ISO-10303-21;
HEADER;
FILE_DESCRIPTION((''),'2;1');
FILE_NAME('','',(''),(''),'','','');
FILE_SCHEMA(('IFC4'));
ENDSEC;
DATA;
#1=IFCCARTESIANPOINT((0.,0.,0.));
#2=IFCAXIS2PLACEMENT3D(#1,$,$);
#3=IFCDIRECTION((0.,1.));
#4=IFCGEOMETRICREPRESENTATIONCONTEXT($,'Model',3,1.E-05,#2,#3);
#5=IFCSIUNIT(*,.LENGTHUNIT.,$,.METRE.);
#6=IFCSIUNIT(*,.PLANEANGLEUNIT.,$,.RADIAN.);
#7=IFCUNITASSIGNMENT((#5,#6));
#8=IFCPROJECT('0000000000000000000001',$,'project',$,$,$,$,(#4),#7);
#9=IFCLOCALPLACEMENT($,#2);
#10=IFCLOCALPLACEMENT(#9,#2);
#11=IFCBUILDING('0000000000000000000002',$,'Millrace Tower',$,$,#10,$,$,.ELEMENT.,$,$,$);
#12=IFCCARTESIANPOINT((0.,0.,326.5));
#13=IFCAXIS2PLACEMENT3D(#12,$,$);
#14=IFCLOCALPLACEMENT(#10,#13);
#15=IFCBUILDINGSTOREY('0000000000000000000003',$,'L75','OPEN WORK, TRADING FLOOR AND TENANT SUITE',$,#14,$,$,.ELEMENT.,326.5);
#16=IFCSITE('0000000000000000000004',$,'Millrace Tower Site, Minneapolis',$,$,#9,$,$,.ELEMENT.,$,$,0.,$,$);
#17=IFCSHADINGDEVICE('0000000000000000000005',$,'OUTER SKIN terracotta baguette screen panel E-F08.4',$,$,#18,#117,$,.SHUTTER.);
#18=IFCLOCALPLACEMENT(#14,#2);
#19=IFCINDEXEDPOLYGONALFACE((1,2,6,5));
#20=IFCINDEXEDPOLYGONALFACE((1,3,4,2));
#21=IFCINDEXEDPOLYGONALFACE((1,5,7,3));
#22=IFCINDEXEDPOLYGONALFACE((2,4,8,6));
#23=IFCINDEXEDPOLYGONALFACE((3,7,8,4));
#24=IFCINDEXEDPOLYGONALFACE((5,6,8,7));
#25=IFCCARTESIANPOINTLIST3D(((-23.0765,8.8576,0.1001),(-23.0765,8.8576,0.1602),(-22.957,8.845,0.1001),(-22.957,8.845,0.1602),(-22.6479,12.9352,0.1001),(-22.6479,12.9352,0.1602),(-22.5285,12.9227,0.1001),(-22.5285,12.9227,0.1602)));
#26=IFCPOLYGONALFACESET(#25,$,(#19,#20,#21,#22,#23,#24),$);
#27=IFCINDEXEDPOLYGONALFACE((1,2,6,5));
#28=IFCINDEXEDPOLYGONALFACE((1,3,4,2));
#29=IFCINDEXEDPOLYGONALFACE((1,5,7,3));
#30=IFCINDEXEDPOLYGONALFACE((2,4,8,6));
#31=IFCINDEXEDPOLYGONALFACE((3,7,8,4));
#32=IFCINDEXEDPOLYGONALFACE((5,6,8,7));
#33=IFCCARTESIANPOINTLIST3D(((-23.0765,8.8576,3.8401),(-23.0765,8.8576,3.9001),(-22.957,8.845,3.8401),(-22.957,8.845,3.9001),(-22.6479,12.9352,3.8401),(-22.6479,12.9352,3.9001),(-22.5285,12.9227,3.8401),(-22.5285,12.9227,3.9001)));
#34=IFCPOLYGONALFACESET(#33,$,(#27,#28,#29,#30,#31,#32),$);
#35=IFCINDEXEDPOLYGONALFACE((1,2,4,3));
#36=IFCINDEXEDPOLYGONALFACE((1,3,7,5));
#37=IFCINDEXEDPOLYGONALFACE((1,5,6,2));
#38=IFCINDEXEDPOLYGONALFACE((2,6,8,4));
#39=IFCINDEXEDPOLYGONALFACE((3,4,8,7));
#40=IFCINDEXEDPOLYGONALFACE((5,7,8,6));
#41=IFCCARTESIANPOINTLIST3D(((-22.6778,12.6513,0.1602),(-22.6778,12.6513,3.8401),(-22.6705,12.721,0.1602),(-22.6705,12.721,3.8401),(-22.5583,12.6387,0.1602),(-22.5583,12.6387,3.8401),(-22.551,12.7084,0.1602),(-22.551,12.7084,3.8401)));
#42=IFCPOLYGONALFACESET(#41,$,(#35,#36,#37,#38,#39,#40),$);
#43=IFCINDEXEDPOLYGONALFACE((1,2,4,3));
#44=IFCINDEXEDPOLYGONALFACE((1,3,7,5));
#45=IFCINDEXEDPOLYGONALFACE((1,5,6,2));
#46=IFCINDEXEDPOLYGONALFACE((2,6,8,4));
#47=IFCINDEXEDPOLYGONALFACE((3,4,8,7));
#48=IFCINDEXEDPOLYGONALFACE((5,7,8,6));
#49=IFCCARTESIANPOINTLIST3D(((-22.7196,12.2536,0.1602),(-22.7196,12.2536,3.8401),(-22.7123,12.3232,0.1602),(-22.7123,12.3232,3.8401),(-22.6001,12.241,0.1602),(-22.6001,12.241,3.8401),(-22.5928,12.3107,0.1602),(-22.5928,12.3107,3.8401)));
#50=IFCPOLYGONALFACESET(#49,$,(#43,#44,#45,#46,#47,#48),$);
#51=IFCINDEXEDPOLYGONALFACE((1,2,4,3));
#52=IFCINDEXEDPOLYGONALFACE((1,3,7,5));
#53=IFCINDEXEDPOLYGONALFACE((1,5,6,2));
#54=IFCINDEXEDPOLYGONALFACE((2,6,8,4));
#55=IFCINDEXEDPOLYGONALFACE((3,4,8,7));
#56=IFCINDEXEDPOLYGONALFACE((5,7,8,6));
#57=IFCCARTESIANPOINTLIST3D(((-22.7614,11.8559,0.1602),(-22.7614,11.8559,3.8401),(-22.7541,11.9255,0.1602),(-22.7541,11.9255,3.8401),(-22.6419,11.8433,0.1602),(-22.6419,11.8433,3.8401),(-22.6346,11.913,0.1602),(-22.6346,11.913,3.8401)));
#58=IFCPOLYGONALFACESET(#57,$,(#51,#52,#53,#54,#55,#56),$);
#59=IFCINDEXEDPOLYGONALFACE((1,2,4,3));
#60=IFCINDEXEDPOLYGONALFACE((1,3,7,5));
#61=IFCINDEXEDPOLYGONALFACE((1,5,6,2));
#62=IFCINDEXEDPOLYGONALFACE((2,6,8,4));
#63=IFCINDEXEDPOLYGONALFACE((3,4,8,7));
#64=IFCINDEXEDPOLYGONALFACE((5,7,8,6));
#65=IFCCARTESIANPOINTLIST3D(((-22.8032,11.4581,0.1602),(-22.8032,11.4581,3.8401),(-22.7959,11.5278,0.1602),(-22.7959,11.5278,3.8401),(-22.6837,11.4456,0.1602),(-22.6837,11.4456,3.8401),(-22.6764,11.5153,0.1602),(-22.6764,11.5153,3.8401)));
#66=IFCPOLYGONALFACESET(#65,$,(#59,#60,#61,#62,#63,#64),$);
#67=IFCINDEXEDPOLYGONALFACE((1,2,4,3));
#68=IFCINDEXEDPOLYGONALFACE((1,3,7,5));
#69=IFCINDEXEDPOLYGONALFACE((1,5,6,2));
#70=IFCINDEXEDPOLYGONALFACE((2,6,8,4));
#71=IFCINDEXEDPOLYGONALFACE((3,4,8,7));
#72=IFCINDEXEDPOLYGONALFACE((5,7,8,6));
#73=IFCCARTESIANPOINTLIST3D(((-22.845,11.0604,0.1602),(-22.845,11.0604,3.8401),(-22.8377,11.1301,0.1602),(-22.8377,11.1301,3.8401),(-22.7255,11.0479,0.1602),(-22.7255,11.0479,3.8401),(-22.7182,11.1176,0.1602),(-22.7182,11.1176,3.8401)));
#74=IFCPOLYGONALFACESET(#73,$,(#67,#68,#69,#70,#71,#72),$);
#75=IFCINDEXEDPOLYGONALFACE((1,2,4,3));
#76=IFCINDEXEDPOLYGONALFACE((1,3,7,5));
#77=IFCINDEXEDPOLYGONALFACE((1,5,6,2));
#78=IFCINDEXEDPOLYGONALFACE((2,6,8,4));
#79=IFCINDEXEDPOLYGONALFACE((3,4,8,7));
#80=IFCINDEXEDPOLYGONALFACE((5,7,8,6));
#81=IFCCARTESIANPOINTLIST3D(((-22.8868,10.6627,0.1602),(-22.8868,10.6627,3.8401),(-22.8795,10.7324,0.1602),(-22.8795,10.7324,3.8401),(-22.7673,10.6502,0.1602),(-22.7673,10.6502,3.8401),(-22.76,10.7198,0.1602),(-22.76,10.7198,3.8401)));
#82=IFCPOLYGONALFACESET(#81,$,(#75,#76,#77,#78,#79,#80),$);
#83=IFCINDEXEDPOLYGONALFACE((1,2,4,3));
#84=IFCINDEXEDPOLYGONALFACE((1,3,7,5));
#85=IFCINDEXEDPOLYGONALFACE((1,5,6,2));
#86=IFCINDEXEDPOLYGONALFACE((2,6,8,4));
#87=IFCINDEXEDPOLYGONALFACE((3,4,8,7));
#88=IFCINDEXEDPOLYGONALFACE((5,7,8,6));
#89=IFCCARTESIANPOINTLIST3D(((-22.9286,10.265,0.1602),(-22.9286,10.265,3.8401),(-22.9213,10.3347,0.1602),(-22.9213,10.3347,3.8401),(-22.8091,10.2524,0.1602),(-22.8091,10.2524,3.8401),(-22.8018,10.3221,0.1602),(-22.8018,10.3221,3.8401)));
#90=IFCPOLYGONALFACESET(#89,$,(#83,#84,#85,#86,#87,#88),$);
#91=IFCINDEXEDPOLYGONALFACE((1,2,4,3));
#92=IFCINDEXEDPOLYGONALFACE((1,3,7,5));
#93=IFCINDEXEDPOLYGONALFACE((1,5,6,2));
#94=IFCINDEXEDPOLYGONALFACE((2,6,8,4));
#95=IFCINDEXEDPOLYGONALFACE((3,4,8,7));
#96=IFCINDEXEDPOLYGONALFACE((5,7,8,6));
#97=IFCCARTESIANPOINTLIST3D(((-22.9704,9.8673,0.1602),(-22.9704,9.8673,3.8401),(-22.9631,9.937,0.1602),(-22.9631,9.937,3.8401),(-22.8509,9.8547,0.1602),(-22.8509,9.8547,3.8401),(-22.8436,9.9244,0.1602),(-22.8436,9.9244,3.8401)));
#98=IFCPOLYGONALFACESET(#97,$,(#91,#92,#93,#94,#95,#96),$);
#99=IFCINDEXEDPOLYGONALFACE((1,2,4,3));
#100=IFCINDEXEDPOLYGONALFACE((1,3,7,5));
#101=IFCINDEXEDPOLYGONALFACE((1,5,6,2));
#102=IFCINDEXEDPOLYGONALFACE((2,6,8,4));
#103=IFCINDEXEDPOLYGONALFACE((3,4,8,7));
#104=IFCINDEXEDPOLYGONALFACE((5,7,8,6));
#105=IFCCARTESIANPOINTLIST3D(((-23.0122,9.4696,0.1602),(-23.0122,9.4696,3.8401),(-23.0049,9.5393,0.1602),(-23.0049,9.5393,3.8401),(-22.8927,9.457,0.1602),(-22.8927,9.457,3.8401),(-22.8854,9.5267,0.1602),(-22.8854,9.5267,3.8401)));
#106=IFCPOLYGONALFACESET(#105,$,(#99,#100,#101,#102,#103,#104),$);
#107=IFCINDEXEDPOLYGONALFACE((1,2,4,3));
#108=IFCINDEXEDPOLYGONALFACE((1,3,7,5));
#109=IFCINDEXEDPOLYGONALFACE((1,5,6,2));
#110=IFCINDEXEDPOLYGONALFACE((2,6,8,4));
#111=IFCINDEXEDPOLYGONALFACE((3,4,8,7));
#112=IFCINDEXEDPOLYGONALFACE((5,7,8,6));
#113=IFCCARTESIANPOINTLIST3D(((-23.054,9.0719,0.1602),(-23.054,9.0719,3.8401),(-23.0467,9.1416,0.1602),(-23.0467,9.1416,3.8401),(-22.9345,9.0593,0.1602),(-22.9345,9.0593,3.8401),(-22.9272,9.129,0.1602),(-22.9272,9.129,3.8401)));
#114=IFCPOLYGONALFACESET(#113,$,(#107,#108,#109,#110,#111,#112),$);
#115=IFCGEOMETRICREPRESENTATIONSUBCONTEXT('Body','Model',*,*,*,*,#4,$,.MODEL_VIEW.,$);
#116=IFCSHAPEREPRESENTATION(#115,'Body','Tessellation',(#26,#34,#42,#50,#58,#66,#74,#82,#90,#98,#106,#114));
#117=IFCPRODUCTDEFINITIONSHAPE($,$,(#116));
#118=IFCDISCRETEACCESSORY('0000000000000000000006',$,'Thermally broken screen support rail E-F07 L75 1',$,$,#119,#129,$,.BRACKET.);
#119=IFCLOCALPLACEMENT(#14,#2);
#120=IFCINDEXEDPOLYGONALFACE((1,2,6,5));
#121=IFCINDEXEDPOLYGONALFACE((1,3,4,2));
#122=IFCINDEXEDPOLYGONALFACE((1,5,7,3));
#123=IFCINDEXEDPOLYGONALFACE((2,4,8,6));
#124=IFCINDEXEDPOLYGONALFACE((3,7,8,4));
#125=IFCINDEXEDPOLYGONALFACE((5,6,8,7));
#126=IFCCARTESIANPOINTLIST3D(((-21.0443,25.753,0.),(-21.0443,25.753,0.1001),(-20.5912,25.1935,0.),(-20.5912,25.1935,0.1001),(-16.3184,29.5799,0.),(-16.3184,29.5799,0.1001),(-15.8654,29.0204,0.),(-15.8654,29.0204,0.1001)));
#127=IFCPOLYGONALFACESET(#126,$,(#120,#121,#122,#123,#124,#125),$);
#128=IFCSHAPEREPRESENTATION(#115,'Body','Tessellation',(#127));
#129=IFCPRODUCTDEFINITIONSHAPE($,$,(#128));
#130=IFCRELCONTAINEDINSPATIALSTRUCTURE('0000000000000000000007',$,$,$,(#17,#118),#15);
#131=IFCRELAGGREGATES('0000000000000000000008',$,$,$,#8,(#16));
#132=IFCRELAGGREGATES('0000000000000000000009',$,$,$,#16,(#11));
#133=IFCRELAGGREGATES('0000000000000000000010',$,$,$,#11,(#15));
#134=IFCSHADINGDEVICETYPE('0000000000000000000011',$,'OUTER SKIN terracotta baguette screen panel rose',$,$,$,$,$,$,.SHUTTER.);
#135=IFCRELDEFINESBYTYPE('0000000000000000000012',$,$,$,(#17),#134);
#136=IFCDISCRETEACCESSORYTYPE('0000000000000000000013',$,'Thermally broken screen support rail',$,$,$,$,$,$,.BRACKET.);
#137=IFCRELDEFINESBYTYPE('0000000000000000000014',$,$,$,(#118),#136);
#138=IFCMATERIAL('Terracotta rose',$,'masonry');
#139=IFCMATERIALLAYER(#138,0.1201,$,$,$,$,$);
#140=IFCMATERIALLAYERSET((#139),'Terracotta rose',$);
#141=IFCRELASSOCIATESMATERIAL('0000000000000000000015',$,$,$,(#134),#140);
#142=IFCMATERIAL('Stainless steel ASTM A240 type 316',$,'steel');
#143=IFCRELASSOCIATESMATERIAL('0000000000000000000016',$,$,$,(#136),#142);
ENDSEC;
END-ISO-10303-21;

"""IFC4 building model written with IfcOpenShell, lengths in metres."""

from ifc_helpers import new_model, entity, si_unit, direction, frame, frame_2d, origin, origin_2d, place, context, subcontext, project, spatial, rectangle, extrude, source, transform, mapped, material, layer, layer_set, type_object, element, save


model = new_model("IFC4")

# Units and contexts
model_context = context("Model", 3, precision=1e-05, world=origin(), true_north=direction((0.0, 1.0)))
body_context = subcontext(model_context, "Body", "Model", "MODEL_VIEW")
ifc_project = project(units=[si_unit("LENGTHUNIT", "METRE"), si_unit("PLANEANGLEUNIT", "RADIAN")], contexts=[model_context])

# Site, building, storey
site_placement = place(None, origin())
site = spatial("IfcSite", under=ifc_project, at=site_placement, Name="Millrace Tower Site, Minneapolis", CompositionType="ELEMENT", RefElevation=0.0)
building_placement = place(site_placement, origin())
building = spatial("IfcBuilding", under=site, at=building_placement, Name="Millrace Tower", CompositionType="ELEMENT")
storey_placement = place(building_placement, frame((0.0, 0.0, 326.5)))
storey = spatial("IfcBuildingStorey", under=building, at=storey_placement, Name="L75", Description="OPEN WORK, TRADING FLOOR AND TENANT SUITE", CompositionType="ELEMENT", Elevation=326.5)

# Shading device
ifc_material_1 = material(Name="Terracotta rose", Category="masonry")
ifc_layer_1 = layer(ifc_material_1, 0.1201)
ifc_layer_set_1 = layer_set([ifc_layer_1], Name="Terracotta rose")
shading_device_type = type_object("IfcShadingDeviceType", Name="OUTER SKIN terracotta baguette screen panel rose", PredefinedType="SHUTTER", material=ifc_layer_set_1)
cartesian_point_1 = entity("IfcCartesianPoint", [-2.05, 0.0601])
shared_polyline_1 = entity("IfcPolyline", [cartesian_point_1, entity("IfcCartesianPoint", [2.05, 0.0601]), entity("IfcCartesianPoint", [2.05, -0.0601]), entity("IfcCartesianPoint", [-2.05, -0.0601]), cartesian_point_1])
shared_shape_1 = source(origin(), body_context, "Body", "SweptSolid", [
    entity("IfcExtrudedAreaSolid", entity("IfcArbitraryClosedProfileDef", "AREA", None, shared_polyline_1), entity("IfcAxis2Placement3D", entity("IfcCartesianPoint", [0.0, 0.0, 0.0])), entity("IfcDirection", [0.0, 0.0, 1.0]), 0.0601),
    entity("IfcExtrudedAreaSolid", entity("IfcArbitraryClosedProfileDef", "AREA", None, shared_polyline_1), entity("IfcAxis2Placement3D", entity("IfcCartesianPoint", [0.0, 0.0, 3.74])), entity("IfcDirection", [0.0, 0.0, 1.0]), 0.0601),
    extrude(rectangle(XDim=0.0701, YDim=0.1201, at=frame_2d((-1.7996, 0.0))), frame((0.0, 0.0, 0.0601)), (0.0, 0.0, 1.0), 3.6799),
    extrude(rectangle(XDim=0.0701, YDim=0.1201, at=frame_2d((-1.3997, 0.0))), frame((0.0, 0.0, 0.0601)), (0.0, 0.0, 1.0), 3.6799),
    extrude(rectangle(XDim=0.0701, YDim=0.1201, at=frame_2d((-0.9998, 0.0))), frame((0.0, 0.0, 0.0601)), (0.0, 0.0, 1.0), 3.6799),
    extrude(rectangle(XDim=0.0701, YDim=0.1201, at=frame_2d((-0.5999, 0.0))), frame((0.0, 0.0, 0.0601)), (0.0, 0.0, 1.0), 3.6799),
    extrude(rectangle(XDim=0.0701, YDim=0.1201, at=frame_2d((-0.2, 0.0))), frame((0.0, 0.0, 0.0601)), (0.0, 0.0, 1.0), 3.6799),
    extrude(rectangle(XDim=0.0701, YDim=0.1201, at=frame_2d((0.2, 0.0))), frame((0.0, 0.0, 0.0601)), (0.0, 0.0, 1.0), 3.6799),
    extrude(rectangle(XDim=0.0701, YDim=0.1201, at=frame_2d((0.5999, 0.0))), frame((0.0, 0.0, 0.0601)), (0.0, 0.0, 1.0), 3.6799),
    extrude(rectangle(XDim=0.0701, YDim=0.1201, at=frame_2d((0.9998, 0.0))), frame((0.0, 0.0, 0.0601)), (0.0, 0.0, 1.0), 3.6799),
    extrude(rectangle(XDim=0.0701, YDim=0.1201, at=frame_2d((1.3997, 0.0))), frame((0.0, 0.0, 0.0601)), (0.0, 0.0, 1.0), 3.6799),
    extrude(rectangle(XDim=0.0701, YDim=0.1201, at=frame_2d((1.7996, 0.0))), frame((0.0, 0.0, 0.0601)), (0.0, 0.0, 1.0), 3.6799),
])
for number, where, z_axis, x_axis, name in (
    (1, (-22.8025, 10.8901, 0.1001), (0.0, 0.0, 1.0), (-0.104528, -0.994522, 0.0), "OUTER SKIN terracotta baguette screen panel E-F08.4"),
):
    element("IfcShadingDevice", number, at=place(storey_placement, frame(where, z_axis=z_axis, x_axis=x_axis)), inside=storey, type_object=shading_device_type, Name=name, PredefinedType="SHUTTER", context=body_context, shape_type="MappedRepresentation", body=[
        mapped(shared_shape_1, transform((0.0, 0.0, 0.0), scale=1.0)),
    ])

# Discrete accessory
ifc_material_2 = material(Name="Stainless steel ASTM A240 type 316", Category="steel")
discrete_accessory_type = type_object("IfcDiscreteAccessoryType", Name="Thermally broken screen support rail", PredefinedType="BRACKET", material=ifc_material_2)
discrete_accessory_placement = place(storey_placement, frame((-18.4548, 27.3867, 0.0), z_axis=(0.0, 0.0, 1.0), x_axis=(-0.777146, -0.62932, 0.0)))
element("IfcDiscreteAccessory", 2, at=discrete_accessory_placement, inside=storey, type_object=discrete_accessory_type, Name="Thermally broken screen support rail E-F07 L75 1", PredefinedType="BRACKET", context=body_context, shape_type="SweptSolid", body=[
    extrude(rectangle(XDim=6.0811, YDim=0.72, at=origin_2d()), origin(), (0.0, 0.0, 1.0), 0.1001),
])

save(model, "model.ifc")
